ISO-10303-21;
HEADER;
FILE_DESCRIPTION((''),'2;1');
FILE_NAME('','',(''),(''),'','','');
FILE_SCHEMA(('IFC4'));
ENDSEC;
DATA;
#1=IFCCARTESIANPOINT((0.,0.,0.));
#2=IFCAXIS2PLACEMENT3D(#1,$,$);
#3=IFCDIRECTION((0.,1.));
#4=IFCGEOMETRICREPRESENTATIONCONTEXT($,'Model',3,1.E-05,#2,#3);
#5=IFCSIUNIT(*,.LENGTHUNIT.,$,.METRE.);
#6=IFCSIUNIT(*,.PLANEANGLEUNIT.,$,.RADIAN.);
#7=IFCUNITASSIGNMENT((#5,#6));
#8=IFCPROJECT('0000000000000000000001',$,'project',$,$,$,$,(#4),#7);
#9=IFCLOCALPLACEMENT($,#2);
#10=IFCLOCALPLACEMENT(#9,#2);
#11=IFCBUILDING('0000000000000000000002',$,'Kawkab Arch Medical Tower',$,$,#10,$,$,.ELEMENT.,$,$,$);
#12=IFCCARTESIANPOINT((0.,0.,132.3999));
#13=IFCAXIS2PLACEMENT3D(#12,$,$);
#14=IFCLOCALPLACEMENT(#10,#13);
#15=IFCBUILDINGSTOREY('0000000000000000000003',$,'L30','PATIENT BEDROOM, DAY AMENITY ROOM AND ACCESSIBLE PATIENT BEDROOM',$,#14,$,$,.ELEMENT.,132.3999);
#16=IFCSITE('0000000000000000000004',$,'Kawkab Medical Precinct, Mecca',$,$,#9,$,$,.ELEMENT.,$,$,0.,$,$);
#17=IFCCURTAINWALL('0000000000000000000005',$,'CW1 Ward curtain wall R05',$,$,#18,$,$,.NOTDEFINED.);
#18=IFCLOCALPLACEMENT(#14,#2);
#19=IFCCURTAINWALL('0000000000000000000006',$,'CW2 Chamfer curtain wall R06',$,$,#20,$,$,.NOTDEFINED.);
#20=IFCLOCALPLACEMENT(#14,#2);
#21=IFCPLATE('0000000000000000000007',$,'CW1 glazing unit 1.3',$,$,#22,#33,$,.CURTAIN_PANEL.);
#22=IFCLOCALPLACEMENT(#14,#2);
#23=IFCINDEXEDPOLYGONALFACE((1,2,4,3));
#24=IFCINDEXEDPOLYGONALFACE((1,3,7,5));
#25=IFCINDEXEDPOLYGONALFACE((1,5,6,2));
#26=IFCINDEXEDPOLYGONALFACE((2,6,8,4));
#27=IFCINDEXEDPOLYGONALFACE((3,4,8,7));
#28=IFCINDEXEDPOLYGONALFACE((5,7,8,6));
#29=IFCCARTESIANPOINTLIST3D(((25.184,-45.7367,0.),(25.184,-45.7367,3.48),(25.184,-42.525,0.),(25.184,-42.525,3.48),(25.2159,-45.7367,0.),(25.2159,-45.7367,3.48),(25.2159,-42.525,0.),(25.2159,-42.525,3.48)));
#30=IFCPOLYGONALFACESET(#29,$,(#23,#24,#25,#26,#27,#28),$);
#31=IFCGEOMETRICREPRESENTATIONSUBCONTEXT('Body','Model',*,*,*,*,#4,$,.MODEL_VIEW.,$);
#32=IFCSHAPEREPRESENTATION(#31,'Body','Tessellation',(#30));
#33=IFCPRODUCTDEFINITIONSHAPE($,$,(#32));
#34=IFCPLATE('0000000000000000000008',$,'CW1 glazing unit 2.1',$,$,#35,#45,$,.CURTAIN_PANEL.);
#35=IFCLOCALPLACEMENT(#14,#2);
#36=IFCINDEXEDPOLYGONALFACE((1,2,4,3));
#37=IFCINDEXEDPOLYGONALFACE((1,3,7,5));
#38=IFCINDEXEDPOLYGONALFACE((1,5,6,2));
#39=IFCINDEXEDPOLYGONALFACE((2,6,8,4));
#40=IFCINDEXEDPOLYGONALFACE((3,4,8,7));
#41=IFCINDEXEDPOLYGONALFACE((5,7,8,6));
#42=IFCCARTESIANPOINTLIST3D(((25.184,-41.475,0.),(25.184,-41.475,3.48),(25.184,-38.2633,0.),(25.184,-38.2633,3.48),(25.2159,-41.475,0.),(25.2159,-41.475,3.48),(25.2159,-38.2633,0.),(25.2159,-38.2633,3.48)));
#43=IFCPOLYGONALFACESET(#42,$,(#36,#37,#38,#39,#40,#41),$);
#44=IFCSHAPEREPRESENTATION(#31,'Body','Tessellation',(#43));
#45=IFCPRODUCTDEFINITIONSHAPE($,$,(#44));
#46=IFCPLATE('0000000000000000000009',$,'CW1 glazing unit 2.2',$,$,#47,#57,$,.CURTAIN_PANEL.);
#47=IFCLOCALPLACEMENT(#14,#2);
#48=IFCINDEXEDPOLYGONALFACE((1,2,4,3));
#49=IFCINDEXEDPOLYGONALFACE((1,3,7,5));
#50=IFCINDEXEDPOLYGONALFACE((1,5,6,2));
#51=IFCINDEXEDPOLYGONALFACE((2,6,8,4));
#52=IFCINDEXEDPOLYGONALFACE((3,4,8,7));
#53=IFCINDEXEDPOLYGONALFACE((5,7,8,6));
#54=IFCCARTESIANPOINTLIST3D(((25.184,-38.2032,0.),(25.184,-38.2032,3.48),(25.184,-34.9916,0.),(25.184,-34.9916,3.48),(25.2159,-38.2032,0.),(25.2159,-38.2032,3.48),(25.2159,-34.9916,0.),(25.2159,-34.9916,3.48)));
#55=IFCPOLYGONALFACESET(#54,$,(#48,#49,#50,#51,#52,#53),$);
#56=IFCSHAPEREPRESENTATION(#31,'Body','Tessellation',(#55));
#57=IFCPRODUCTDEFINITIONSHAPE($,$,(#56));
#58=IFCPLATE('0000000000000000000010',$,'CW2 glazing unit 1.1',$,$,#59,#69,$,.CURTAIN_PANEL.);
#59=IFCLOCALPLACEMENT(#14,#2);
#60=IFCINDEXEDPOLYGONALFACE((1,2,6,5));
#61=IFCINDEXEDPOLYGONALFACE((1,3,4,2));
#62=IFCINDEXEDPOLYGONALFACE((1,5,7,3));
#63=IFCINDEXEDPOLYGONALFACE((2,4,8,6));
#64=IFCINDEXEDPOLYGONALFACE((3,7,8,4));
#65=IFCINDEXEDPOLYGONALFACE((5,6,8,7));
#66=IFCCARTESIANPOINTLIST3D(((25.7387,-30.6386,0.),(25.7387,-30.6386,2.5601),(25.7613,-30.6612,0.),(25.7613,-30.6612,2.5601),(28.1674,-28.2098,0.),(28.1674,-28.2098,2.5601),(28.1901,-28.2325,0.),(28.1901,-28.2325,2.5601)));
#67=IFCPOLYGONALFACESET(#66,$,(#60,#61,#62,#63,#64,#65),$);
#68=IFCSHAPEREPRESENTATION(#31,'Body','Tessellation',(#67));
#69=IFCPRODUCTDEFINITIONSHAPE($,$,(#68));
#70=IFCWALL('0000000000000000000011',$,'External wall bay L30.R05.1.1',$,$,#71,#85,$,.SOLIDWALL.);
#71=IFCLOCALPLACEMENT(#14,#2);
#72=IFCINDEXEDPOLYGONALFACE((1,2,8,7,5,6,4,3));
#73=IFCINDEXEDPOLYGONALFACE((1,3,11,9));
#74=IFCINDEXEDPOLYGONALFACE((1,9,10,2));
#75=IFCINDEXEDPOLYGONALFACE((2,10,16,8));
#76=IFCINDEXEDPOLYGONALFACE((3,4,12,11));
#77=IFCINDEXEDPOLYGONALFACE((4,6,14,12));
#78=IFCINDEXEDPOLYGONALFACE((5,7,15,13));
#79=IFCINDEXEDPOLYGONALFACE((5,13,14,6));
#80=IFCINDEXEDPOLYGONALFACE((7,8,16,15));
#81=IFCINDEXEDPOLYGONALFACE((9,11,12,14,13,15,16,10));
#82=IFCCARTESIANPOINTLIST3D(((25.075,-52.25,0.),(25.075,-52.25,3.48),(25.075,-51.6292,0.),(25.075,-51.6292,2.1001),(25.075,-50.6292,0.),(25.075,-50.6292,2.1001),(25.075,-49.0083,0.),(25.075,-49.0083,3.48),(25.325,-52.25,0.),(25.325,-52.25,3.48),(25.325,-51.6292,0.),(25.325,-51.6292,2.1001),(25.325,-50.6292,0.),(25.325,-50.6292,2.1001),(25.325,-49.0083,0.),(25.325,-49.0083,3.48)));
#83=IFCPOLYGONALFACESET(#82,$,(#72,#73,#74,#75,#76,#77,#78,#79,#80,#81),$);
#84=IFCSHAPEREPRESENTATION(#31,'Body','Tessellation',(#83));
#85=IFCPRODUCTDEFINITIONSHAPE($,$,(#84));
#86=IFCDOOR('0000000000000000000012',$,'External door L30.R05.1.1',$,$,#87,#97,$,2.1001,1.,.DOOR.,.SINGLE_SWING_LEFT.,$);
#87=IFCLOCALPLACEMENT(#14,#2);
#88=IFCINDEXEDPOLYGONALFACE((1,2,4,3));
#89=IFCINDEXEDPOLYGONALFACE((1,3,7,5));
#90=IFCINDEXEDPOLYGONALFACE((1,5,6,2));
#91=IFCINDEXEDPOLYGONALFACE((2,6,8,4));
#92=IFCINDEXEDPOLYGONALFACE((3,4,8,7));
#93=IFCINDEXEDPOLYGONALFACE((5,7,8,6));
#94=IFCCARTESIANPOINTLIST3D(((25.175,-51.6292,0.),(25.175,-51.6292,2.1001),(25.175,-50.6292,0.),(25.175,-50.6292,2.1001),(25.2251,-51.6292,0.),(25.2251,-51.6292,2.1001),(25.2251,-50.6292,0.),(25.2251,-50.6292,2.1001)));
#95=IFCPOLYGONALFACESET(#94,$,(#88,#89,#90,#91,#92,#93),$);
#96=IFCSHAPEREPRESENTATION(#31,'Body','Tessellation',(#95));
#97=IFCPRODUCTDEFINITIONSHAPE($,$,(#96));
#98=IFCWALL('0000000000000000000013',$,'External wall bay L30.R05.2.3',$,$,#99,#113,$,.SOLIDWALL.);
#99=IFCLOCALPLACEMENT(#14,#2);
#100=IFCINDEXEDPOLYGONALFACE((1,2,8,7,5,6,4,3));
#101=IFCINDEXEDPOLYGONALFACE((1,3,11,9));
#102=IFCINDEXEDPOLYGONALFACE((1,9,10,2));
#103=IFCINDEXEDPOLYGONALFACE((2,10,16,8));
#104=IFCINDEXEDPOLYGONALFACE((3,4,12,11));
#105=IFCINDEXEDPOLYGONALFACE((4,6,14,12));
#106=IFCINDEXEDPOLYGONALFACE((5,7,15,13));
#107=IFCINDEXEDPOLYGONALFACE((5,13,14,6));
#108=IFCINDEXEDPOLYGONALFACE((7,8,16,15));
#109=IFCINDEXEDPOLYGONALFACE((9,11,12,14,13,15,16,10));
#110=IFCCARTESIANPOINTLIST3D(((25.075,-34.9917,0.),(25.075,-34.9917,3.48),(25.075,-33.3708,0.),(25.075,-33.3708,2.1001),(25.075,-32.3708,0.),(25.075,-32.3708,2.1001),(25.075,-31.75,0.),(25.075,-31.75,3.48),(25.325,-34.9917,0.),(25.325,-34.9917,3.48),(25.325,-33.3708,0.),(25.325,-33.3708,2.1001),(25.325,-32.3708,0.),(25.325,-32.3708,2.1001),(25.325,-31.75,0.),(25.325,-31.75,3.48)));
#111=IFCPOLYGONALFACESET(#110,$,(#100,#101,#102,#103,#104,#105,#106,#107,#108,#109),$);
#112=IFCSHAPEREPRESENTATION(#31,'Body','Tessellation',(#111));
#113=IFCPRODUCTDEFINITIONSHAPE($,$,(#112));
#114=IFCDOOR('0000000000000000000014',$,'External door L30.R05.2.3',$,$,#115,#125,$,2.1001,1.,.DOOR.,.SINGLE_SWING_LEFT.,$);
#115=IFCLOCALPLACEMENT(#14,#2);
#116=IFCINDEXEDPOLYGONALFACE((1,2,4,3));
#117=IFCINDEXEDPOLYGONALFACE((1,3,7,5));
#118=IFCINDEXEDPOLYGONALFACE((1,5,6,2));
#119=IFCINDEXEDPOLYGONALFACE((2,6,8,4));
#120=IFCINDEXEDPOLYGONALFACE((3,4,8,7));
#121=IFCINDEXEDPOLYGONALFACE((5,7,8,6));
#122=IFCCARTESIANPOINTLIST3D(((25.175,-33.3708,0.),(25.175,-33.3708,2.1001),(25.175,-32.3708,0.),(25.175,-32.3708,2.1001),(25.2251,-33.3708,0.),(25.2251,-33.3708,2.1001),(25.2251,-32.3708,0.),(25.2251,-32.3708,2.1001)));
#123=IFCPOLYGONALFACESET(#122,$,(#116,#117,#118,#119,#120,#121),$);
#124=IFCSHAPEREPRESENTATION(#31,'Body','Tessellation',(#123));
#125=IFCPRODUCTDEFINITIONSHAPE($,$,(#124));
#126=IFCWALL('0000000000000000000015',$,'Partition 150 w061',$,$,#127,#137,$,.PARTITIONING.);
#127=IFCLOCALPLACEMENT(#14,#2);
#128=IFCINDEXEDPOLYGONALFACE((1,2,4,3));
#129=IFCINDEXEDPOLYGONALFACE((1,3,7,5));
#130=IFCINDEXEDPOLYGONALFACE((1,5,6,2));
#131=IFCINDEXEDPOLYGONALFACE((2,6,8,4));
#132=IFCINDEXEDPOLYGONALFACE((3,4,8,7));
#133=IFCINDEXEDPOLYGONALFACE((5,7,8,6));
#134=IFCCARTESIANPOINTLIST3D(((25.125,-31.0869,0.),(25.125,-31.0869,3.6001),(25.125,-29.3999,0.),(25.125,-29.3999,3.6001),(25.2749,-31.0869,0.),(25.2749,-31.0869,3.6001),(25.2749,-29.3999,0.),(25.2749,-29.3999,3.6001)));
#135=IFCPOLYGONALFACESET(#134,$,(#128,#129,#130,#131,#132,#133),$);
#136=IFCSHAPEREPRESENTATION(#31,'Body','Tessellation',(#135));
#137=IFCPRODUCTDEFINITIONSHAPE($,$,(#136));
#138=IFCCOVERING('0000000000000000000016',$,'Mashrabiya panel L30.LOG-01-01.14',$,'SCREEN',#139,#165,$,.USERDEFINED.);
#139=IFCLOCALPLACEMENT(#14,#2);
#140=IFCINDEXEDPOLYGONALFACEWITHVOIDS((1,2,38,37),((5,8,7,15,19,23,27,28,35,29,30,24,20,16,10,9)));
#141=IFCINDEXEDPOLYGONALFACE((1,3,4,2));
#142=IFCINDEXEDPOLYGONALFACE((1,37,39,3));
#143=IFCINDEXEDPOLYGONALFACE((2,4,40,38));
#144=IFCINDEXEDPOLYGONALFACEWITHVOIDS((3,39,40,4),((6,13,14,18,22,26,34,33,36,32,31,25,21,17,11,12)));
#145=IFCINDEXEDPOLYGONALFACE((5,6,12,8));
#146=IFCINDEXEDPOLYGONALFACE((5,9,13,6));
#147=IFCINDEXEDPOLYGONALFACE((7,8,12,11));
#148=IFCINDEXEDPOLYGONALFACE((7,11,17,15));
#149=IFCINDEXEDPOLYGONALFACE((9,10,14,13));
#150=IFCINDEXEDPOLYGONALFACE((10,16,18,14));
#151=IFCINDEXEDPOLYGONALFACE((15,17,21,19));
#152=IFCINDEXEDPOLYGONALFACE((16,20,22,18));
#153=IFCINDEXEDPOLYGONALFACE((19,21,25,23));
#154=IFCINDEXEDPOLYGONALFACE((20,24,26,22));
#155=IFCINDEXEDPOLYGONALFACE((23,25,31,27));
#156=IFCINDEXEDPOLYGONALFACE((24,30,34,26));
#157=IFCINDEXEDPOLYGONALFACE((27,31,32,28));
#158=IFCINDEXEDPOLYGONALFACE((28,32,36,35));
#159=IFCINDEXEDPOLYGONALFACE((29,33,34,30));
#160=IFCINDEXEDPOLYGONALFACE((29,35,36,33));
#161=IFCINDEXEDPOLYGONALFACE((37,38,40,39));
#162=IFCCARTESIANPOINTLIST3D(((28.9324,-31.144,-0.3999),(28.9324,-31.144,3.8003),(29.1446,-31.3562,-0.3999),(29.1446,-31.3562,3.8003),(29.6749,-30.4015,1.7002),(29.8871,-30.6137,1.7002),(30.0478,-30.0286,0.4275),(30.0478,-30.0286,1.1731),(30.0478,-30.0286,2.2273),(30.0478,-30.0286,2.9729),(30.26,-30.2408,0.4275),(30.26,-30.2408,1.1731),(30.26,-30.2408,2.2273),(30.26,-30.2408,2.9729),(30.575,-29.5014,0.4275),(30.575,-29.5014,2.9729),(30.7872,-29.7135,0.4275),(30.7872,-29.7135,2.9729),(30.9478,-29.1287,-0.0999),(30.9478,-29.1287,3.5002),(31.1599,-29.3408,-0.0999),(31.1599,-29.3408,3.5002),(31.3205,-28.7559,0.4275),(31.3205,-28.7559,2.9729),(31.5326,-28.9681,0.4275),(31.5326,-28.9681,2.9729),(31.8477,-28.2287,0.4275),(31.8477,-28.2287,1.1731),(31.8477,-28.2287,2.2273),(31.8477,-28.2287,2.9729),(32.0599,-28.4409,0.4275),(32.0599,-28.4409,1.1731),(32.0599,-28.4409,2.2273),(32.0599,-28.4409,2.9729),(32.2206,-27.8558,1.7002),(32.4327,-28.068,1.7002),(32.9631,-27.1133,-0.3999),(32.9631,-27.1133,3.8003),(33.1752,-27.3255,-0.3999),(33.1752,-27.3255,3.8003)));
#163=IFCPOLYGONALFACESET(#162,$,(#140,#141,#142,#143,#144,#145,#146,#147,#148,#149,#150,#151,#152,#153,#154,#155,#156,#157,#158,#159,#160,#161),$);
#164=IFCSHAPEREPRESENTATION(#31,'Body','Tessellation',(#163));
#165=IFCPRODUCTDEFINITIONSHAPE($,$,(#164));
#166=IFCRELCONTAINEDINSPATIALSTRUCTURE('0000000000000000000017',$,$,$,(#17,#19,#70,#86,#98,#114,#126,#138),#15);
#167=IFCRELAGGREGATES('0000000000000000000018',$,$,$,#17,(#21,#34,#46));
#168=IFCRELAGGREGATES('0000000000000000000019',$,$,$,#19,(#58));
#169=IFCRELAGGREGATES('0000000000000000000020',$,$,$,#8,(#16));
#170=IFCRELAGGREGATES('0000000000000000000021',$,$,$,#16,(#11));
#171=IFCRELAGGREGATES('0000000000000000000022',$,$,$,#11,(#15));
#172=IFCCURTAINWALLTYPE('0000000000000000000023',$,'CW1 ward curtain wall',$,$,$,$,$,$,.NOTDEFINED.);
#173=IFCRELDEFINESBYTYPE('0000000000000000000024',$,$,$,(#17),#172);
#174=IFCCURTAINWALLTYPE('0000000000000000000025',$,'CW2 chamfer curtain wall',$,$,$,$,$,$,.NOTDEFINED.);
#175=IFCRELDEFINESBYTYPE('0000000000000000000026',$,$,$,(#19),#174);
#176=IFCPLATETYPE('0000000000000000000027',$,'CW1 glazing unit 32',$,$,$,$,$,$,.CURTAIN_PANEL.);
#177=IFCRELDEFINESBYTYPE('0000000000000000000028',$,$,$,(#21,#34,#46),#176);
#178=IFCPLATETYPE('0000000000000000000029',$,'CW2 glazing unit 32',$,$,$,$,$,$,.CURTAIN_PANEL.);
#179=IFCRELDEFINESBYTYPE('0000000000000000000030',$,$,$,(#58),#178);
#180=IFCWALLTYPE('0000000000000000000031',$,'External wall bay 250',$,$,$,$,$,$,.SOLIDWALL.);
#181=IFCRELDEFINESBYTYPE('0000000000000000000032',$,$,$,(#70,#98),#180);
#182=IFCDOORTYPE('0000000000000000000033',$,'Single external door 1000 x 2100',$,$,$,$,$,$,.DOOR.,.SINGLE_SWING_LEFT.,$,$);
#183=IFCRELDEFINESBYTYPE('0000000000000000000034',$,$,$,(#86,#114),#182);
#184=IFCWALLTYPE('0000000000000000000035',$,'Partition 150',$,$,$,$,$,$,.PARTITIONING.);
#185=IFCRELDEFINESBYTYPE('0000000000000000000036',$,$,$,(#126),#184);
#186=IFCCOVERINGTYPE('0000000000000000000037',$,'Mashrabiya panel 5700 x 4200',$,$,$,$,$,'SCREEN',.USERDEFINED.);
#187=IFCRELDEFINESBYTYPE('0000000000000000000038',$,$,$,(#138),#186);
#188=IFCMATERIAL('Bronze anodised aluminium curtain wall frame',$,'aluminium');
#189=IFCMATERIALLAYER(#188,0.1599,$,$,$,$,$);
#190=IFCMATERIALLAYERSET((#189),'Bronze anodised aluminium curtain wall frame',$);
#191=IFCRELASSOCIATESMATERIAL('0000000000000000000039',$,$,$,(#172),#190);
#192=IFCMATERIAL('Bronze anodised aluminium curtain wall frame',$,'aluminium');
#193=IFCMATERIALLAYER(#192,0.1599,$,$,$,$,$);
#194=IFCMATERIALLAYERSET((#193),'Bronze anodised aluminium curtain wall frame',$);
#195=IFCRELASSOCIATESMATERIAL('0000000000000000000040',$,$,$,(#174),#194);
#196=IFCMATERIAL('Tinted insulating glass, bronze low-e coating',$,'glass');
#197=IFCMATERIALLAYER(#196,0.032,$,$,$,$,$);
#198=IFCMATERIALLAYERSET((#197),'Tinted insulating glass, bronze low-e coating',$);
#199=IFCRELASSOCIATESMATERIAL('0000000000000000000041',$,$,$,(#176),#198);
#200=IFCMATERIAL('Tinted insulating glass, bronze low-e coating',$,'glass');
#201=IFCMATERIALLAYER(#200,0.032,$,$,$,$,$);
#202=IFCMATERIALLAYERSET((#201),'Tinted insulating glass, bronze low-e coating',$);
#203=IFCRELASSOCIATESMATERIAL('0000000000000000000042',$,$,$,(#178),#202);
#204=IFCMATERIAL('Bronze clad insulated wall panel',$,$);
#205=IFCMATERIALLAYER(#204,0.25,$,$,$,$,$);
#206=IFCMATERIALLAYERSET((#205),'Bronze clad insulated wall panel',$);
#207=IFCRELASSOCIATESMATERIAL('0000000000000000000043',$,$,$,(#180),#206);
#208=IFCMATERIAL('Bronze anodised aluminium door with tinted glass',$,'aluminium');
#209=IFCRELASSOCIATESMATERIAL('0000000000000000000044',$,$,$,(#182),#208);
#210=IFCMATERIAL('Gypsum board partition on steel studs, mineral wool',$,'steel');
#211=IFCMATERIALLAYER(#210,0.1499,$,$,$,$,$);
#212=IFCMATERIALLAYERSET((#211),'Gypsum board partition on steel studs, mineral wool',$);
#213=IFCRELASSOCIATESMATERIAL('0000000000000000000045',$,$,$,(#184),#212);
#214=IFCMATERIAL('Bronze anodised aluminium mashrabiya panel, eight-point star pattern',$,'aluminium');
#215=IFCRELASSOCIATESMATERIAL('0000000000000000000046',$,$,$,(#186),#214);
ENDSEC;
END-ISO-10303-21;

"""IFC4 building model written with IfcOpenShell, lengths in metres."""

from ifc_helpers import new_model, si_unit, direction, frame, frame_2d, origin, origin_2d, place, context, subcontext, project, spatial, polyline, rectangle, outline, extrude, material, layer, layer_set, material_profile, profile_set, type_object, element, fill, aggregate, save


model = new_model("IFC4")

# Units and contexts
model_context = context("Model", 3, precision=1e-05, world=origin(), true_north=direction((0.0, 1.0)))
body_context = subcontext(model_context, "Body", "Model", "MODEL_VIEW")
ifc_project = project(units=[si_unit("LENGTHUNIT", "METRE"), si_unit("PLANEANGLEUNIT", "RADIAN")], contexts=[model_context])

# Site, building, storey
site_placement = place(None, origin())
site = spatial("IfcSite", under=ifc_project, at=site_placement, Name="Kawkab Medical Precinct, Mecca", CompositionType="ELEMENT", RefElevation=0.0)
building_placement = place(site_placement, origin())
building = spatial("IfcBuilding", under=site, at=building_placement, Name="Kawkab Arch Medical Tower", CompositionType="ELEMENT")
storey_placement = place(building_placement, frame((0.0, 0.0, 132.3999)))
storey = spatial("IfcBuildingStorey", under=building, at=storey_placement, Name="L30", Description="PATIENT BEDROOM, DAY AMENITY ROOM AND ACCESSIBLE PATIENT BEDROOM", CompositionType="ELEMENT", Elevation=132.3999)

# Curtain walls
ifc_material_1 = material(Name="Bronze anodised aluminium curtain wall frame", Category="aluminium")
ifc_layer_1 = layer(ifc_material_1, 0.1599)
ifc_layer_set_1 = layer_set([ifc_layer_1], Name="Bronze anodised aluminium curtain wall frame")
curtain_wall_type_1 = type_object("IfcCurtainWallType", Name="CW1 ward curtain wall", PredefinedType="NOTDEFINED", material=ifc_layer_set_1)
placement = place(storey_placement, origin())
curtain_wall_1 = element("IfcCurtainWall", 1, at=placement, inside=storey, type_object=curtain_wall_type_1, Name="CW1 Ward curtain wall R05", PredefinedType="NOTDEFINED")
ifc_material_2 = material(Name="Bronze anodised aluminium curtain wall frame", Category="aluminium")
ifc_layer_2 = layer(ifc_material_2, 0.1599)
ifc_layer_set_2 = layer_set([ifc_layer_2], Name="Bronze anodised aluminium curtain wall frame")
curtain_wall_type_2 = type_object("IfcCurtainWallType", Name="CW2 chamfer curtain wall", PredefinedType="NOTDEFINED", material=ifc_layer_set_2)
curtain_wall_2 = element("IfcCurtainWall", 2, at=placement, inside=storey, type_object=curtain_wall_type_2, Name="CW2 Chamfer curtain wall R06", PredefinedType="NOTDEFINED")

# Plates
ifc_material_3 = material(Name="Tinted insulating glass, bronze low-e coating", Category="glass")
ifc_layer_3 = layer(ifc_material_3, 0.032)
ifc_layer_set_3 = layer_set([ifc_layer_3], Name="Tinted insulating glass, bronze low-e coating")
plate_type_1 = type_object("IfcPlateType", Name="CW1 glazing unit 32", PredefinedType="CURTAIN_PANEL", material=ifc_layer_set_3)
plate_1_placement = place(storey_placement, frame((25.2, -44.1309, 0.0), z_axis=(0.0, 0.0, 1.0), x_axis=(0.0, 1.0, 0.0)))
plate_1 = element("IfcPlate", 3, at=plate_1_placement, type_object=plate_type_1, Name="CW1 glazing unit 1.3", PredefinedType="CURTAIN_PANEL", context=body_context, shape_type="SweptSolid", body=[
    extrude(rectangle(XDim=3.2117, YDim=0.032, at=origin_2d()), origin(), (0.0, 0.0, 1.0), 3.48),
])
plate_2_placement = place(storey_placement, frame((25.2, -39.8691, 0.0), z_axis=(0.0, 0.0, 1.0), x_axis=(0.0, 1.0, 0.0)))
plate_2 = element("IfcPlate", 4, at=plate_2_placement, type_object=plate_type_1, Name="CW1 glazing unit 2.1", PredefinedType="CURTAIN_PANEL", context=body_context, shape_type="SweptSolid", body=[
    extrude(rectangle(XDim=3.2117, YDim=0.032, at=origin_2d()), origin(), (0.0, 0.0, 1.0), 3.48),
])
plate_3_placement = place(storey_placement, frame((25.2, -36.5974, 0.0), z_axis=(0.0, 0.0, 1.0), x_axis=(0.0, 1.0, 0.0)))
plate_3 = element("IfcPlate", 5, at=plate_3_placement, type_object=plate_type_1, Name="CW1 glazing unit 2.2", PredefinedType="CURTAIN_PANEL", context=body_context, shape_type="SweptSolid", body=[
    extrude(rectangle(XDim=3.2117, YDim=0.032, at=origin_2d()), origin(), (0.0, 0.0, 1.0), 3.48),
])
aggregate(curtain_wall_1, [plate_1, plate_2, plate_3])
ifc_material_4 = material(Name="Tinted insulating glass, bronze low-e coating", Category="glass")
ifc_layer_4 = layer(ifc_material_4, 0.032)
ifc_layer_set_4 = layer_set([ifc_layer_4], Name="Tinted insulating glass, bronze low-e coating")
plate_type_2 = type_object("IfcPlateType", Name="CW2 glazing unit 32", PredefinedType="CURTAIN_PANEL", material=ifc_layer_set_4)
plate_4_placement = place(storey_placement, frame((26.9644, -29.4355, 0.0), z_axis=(0.0, 0.0, 1.0), x_axis=(0.707107, 0.707107, 0.0)))
plate_4 = element("IfcPlate", 6, at=plate_4_placement, type_object=plate_type_2, Name="CW2 glazing unit 1.1", PredefinedType="CURTAIN_PANEL", context=body_context, shape_type="SweptSolid", body=[
    extrude(rectangle(XDim=3.4348, YDim=0.032, at=origin_2d()), origin(), (0.0, 0.0, 1.0), 2.5601),
])
aggregate(curtain_wall_2, [plate_4])

# Walls, openings, doors
ifc_material_5 = material(Name="Bronze clad insulated wall panel")
ifc_layer_5 = layer(ifc_material_5, 0.25)
ifc_layer_set_5 = layer_set([ifc_layer_5], Name="Bronze clad insulated wall panel")
wall_type_1 = type_object("IfcWallType", Name="External wall bay 250", PredefinedType="SOLIDWALL", material=ifc_layer_set_5)
wall_1_placement = place(storey_placement, frame((25.2, -52.25, 0.0), z_axis=(0.0, 0.0, 1.0), x_axis=(0.0, 1.0, 0.0)))
wall_1 = element("IfcWall", 7, at=wall_1_placement, inside=storey, type_object=wall_type_1, Name="External wall bay L30.R05.1.1", PredefinedType="SOLIDWALL", context=body_context, shape_type="SweptSolid", body=[
    extrude(rectangle(XDim=3.2417, YDim=0.25, at=frame_2d((1.6208, 0.0))), origin(), (0.0, 0.0, 1.0), 3.48),
])
opening_1_placement = place(wall_1_placement, frame((0.6208, 0.0, 0.0)))
opening_1 = element("IfcOpeningElement", 8, at=opening_1_placement, cuts=wall_1, PredefinedType="OPENING", context=body_context, shape_type="SweptSolid", body=[
    extrude(rectangle(XDim=1.0, YDim=2.1001, at=frame_2d((0.5, 1.05))), frame((0.0, 0.135, 0.0), z_axis=(0.0, -1.0, 0.0), x_axis=(1.0, 0.0, 0.0)), (0.0, 0.0, 1.0), 0.27),
])
ifc_material_6 = material(Name="Bronze anodised aluminium door with tinted glass", Category="aluminium")
door_type = type_object("IfcDoorType", Name="Single external door 1000 x 2100", OperationType="SINGLE_SWING_LEFT", PredefinedType="DOOR", material=ifc_material_6)
door_1_placement = place(opening_1_placement, origin())
door_1 = element("IfcDoor", 9, at=door_1_placement, inside=storey, type_object=door_type, Name="External door L30.R05.1.1", OperationType="SINGLE_SWING_LEFT", OverallHeight=2.1001, OverallWidth=1.0, PredefinedType="DOOR", context=body_context, shape_type="SweptSolid", body=[
    extrude(rectangle(XDim=1.0, YDim=2.1001, at=frame_2d((0.5, 1.05))), frame((0.0, 0.0249, 0.0), z_axis=(0.0, -1.0, 0.0), x_axis=(1.0, 0.0, 0.0)), (0.0, 0.0, 1.0), 0.05),
])
fill(opening_1, door_1)
wall_2_placement = place(storey_placement, frame((25.2, -34.9917, 0.0), z_axis=(0.0, 0.0, 1.0), x_axis=(0.0, 1.0, 0.0)))
wall_2 = element("IfcWall", 10, at=wall_2_placement, inside=storey, type_object=wall_type_1, Name="External wall bay L30.R05.2.3", PredefinedType="SOLIDWALL", context=body_context, shape_type="SweptSolid", body=[
    extrude(rectangle(XDim=3.2417, YDim=0.25, at=frame_2d((1.6208, 0.0))), origin(), (0.0, 0.0, 1.0), 3.48),
])
opening_2_placement = place(wall_2_placement, frame((1.6208, 0.0, 0.0)))
opening_2 = element("IfcOpeningElement", 11, at=opening_2_placement, cuts=wall_2, PredefinedType="OPENING", context=body_context, shape_type="SweptSolid", body=[
    extrude(rectangle(XDim=1.0, YDim=2.1001, at=frame_2d((0.5, 1.05))), frame((0.0, 0.135, 0.0), z_axis=(0.0, -1.0, 0.0), x_axis=(1.0, 0.0, 0.0)), (0.0, 0.0, 1.0), 0.27),
])
door_2_placement = place(opening_2_placement, origin())
door_2 = element("IfcDoor", 12, at=door_2_placement, inside=storey, type_object=door_type, Name="External door L30.R05.2.3", OperationType="SINGLE_SWING_LEFT", OverallHeight=2.1001, OverallWidth=1.0, PredefinedType="DOOR", context=body_context, shape_type="SweptSolid", body=[
    extrude(rectangle(XDim=1.0, YDim=2.1001, at=frame_2d((0.5, 1.05))), frame((0.0, 0.0249, 0.0), z_axis=(0.0, -1.0, 0.0), x_axis=(1.0, 0.0, 0.0)), (0.0, 0.0, 1.0), 0.05),
])
fill(opening_2, door_2)

# Wall
ifc_material_7 = material(Name="Gypsum board partition on steel studs, mineral wool", Category="steel")
ifc_layer_6 = layer(ifc_material_7, 0.1499)
ifc_layer_set_6 = layer_set([ifc_layer_6], Name="Gypsum board partition on steel studs, mineral wool")
wall_type_2 = type_object("IfcWallType", Name="Partition 150", PredefinedType="PARTITIONING", material=ifc_layer_set_6)
wall_3_placement = place(storey_placement, frame((25.2, -31.0869, 0.0), z_axis=(0.0, 0.0, 1.0), x_axis=(0.0, 1.0, 0.0)))
element("IfcWall", 13, at=wall_3_placement, inside=storey, type_object=wall_type_2, Name="Partition 150 w061", PredefinedType="PARTITIONING", context=body_context, shape_type="SweptSolid", body=[
    extrude(rectangle(XDim=1.687, YDim=0.1499, at=frame_2d((0.8435, 0.0))), origin(), (0.0, 0.0, 1.0), 3.6001),
])

# Covering
ifc_material_8 = material(Name="Bronze anodised aluminium mashrabiya panel, eight-point star pattern", Category="aluminium")
ifc_material_profile_1 = material_profile(ifc_material_8, outline(polyline([(-2.8501, -2.1001), (2.8501, -2.1001), (2.8501, 2.1001), (-2.8501, 2.1001), (-2.8501, -2.1001)]), holes=[polyline([(1.8, 0.0), (1.2727, 0.5271), (1.2727, 1.2727), (0.5271, 1.2727), (0.0, 1.8), (-0.5271, 1.2727), (-1.2727, 1.2727), (-1.2727, 0.5271), (-1.8, 0.0), (-1.2727, -0.5271), (-1.2727, -1.2727), (-0.5271, -1.2727), (0.0, -1.8), (0.5271, -1.2727), (1.2727, -1.2727), (1.2727, -0.5271), (1.8, 0.0)])]), Name="Mashrabiya panel 5700x4200")
ifc_profile_set_1 = profile_set([ifc_material_profile_1], Name="Bronze anodised aluminium mashrabiya panel, eight-point star pattern")
covering_type_1 = type_object("IfcCoveringType", Name="Mashrabiya panel 5700 x 4200", ElementType="SCREEN", PredefinedType="USERDEFINED", material=ifc_profile_set_1)
covering_1_placement = place(storey_placement, frame((30.9478, -29.1287, 1.7002), z_axis=(0.707107, -0.707107, 0.0), x_axis=(0.707107, 0.707107, 0.0)))
element("IfcCovering", 14, at=covering_1_placement, inside=storey, type_object=covering_type_1, Name="Mashrabiya panel L30.LOG-01-01.14", ObjectType="SCREEN", PredefinedType="USERDEFINED", context=body_context, shape_type="SweptSolid", body=[
    extrude(outline(polyline([(-2.8501, -2.1001), (2.8501, -2.1001), (2.8501, 2.1001), (-2.8501, 2.1001), (-2.8501, -2.1001)]), holes=[polyline([(1.8, 0.0), (1.2727, 0.5271), (1.2727, 1.2727), (0.5271, 1.2727), (0.0, 1.8), (-0.5271, 1.2727), (-1.2727, 1.2727), (-1.2727, 0.5271), (-1.8, 0.0), (-1.2727, -0.5271), (-1.2727, -1.2727), (-0.5271, -1.2727), (0.0, -1.8), (0.5271, -1.2727), (1.2727, -1.2727), (1.2727, -0.5271), (1.8, 0.0)])]), origin(), (0.0, 0.0, 1.0), 0.3),
])

save(model, "model.ifc")
